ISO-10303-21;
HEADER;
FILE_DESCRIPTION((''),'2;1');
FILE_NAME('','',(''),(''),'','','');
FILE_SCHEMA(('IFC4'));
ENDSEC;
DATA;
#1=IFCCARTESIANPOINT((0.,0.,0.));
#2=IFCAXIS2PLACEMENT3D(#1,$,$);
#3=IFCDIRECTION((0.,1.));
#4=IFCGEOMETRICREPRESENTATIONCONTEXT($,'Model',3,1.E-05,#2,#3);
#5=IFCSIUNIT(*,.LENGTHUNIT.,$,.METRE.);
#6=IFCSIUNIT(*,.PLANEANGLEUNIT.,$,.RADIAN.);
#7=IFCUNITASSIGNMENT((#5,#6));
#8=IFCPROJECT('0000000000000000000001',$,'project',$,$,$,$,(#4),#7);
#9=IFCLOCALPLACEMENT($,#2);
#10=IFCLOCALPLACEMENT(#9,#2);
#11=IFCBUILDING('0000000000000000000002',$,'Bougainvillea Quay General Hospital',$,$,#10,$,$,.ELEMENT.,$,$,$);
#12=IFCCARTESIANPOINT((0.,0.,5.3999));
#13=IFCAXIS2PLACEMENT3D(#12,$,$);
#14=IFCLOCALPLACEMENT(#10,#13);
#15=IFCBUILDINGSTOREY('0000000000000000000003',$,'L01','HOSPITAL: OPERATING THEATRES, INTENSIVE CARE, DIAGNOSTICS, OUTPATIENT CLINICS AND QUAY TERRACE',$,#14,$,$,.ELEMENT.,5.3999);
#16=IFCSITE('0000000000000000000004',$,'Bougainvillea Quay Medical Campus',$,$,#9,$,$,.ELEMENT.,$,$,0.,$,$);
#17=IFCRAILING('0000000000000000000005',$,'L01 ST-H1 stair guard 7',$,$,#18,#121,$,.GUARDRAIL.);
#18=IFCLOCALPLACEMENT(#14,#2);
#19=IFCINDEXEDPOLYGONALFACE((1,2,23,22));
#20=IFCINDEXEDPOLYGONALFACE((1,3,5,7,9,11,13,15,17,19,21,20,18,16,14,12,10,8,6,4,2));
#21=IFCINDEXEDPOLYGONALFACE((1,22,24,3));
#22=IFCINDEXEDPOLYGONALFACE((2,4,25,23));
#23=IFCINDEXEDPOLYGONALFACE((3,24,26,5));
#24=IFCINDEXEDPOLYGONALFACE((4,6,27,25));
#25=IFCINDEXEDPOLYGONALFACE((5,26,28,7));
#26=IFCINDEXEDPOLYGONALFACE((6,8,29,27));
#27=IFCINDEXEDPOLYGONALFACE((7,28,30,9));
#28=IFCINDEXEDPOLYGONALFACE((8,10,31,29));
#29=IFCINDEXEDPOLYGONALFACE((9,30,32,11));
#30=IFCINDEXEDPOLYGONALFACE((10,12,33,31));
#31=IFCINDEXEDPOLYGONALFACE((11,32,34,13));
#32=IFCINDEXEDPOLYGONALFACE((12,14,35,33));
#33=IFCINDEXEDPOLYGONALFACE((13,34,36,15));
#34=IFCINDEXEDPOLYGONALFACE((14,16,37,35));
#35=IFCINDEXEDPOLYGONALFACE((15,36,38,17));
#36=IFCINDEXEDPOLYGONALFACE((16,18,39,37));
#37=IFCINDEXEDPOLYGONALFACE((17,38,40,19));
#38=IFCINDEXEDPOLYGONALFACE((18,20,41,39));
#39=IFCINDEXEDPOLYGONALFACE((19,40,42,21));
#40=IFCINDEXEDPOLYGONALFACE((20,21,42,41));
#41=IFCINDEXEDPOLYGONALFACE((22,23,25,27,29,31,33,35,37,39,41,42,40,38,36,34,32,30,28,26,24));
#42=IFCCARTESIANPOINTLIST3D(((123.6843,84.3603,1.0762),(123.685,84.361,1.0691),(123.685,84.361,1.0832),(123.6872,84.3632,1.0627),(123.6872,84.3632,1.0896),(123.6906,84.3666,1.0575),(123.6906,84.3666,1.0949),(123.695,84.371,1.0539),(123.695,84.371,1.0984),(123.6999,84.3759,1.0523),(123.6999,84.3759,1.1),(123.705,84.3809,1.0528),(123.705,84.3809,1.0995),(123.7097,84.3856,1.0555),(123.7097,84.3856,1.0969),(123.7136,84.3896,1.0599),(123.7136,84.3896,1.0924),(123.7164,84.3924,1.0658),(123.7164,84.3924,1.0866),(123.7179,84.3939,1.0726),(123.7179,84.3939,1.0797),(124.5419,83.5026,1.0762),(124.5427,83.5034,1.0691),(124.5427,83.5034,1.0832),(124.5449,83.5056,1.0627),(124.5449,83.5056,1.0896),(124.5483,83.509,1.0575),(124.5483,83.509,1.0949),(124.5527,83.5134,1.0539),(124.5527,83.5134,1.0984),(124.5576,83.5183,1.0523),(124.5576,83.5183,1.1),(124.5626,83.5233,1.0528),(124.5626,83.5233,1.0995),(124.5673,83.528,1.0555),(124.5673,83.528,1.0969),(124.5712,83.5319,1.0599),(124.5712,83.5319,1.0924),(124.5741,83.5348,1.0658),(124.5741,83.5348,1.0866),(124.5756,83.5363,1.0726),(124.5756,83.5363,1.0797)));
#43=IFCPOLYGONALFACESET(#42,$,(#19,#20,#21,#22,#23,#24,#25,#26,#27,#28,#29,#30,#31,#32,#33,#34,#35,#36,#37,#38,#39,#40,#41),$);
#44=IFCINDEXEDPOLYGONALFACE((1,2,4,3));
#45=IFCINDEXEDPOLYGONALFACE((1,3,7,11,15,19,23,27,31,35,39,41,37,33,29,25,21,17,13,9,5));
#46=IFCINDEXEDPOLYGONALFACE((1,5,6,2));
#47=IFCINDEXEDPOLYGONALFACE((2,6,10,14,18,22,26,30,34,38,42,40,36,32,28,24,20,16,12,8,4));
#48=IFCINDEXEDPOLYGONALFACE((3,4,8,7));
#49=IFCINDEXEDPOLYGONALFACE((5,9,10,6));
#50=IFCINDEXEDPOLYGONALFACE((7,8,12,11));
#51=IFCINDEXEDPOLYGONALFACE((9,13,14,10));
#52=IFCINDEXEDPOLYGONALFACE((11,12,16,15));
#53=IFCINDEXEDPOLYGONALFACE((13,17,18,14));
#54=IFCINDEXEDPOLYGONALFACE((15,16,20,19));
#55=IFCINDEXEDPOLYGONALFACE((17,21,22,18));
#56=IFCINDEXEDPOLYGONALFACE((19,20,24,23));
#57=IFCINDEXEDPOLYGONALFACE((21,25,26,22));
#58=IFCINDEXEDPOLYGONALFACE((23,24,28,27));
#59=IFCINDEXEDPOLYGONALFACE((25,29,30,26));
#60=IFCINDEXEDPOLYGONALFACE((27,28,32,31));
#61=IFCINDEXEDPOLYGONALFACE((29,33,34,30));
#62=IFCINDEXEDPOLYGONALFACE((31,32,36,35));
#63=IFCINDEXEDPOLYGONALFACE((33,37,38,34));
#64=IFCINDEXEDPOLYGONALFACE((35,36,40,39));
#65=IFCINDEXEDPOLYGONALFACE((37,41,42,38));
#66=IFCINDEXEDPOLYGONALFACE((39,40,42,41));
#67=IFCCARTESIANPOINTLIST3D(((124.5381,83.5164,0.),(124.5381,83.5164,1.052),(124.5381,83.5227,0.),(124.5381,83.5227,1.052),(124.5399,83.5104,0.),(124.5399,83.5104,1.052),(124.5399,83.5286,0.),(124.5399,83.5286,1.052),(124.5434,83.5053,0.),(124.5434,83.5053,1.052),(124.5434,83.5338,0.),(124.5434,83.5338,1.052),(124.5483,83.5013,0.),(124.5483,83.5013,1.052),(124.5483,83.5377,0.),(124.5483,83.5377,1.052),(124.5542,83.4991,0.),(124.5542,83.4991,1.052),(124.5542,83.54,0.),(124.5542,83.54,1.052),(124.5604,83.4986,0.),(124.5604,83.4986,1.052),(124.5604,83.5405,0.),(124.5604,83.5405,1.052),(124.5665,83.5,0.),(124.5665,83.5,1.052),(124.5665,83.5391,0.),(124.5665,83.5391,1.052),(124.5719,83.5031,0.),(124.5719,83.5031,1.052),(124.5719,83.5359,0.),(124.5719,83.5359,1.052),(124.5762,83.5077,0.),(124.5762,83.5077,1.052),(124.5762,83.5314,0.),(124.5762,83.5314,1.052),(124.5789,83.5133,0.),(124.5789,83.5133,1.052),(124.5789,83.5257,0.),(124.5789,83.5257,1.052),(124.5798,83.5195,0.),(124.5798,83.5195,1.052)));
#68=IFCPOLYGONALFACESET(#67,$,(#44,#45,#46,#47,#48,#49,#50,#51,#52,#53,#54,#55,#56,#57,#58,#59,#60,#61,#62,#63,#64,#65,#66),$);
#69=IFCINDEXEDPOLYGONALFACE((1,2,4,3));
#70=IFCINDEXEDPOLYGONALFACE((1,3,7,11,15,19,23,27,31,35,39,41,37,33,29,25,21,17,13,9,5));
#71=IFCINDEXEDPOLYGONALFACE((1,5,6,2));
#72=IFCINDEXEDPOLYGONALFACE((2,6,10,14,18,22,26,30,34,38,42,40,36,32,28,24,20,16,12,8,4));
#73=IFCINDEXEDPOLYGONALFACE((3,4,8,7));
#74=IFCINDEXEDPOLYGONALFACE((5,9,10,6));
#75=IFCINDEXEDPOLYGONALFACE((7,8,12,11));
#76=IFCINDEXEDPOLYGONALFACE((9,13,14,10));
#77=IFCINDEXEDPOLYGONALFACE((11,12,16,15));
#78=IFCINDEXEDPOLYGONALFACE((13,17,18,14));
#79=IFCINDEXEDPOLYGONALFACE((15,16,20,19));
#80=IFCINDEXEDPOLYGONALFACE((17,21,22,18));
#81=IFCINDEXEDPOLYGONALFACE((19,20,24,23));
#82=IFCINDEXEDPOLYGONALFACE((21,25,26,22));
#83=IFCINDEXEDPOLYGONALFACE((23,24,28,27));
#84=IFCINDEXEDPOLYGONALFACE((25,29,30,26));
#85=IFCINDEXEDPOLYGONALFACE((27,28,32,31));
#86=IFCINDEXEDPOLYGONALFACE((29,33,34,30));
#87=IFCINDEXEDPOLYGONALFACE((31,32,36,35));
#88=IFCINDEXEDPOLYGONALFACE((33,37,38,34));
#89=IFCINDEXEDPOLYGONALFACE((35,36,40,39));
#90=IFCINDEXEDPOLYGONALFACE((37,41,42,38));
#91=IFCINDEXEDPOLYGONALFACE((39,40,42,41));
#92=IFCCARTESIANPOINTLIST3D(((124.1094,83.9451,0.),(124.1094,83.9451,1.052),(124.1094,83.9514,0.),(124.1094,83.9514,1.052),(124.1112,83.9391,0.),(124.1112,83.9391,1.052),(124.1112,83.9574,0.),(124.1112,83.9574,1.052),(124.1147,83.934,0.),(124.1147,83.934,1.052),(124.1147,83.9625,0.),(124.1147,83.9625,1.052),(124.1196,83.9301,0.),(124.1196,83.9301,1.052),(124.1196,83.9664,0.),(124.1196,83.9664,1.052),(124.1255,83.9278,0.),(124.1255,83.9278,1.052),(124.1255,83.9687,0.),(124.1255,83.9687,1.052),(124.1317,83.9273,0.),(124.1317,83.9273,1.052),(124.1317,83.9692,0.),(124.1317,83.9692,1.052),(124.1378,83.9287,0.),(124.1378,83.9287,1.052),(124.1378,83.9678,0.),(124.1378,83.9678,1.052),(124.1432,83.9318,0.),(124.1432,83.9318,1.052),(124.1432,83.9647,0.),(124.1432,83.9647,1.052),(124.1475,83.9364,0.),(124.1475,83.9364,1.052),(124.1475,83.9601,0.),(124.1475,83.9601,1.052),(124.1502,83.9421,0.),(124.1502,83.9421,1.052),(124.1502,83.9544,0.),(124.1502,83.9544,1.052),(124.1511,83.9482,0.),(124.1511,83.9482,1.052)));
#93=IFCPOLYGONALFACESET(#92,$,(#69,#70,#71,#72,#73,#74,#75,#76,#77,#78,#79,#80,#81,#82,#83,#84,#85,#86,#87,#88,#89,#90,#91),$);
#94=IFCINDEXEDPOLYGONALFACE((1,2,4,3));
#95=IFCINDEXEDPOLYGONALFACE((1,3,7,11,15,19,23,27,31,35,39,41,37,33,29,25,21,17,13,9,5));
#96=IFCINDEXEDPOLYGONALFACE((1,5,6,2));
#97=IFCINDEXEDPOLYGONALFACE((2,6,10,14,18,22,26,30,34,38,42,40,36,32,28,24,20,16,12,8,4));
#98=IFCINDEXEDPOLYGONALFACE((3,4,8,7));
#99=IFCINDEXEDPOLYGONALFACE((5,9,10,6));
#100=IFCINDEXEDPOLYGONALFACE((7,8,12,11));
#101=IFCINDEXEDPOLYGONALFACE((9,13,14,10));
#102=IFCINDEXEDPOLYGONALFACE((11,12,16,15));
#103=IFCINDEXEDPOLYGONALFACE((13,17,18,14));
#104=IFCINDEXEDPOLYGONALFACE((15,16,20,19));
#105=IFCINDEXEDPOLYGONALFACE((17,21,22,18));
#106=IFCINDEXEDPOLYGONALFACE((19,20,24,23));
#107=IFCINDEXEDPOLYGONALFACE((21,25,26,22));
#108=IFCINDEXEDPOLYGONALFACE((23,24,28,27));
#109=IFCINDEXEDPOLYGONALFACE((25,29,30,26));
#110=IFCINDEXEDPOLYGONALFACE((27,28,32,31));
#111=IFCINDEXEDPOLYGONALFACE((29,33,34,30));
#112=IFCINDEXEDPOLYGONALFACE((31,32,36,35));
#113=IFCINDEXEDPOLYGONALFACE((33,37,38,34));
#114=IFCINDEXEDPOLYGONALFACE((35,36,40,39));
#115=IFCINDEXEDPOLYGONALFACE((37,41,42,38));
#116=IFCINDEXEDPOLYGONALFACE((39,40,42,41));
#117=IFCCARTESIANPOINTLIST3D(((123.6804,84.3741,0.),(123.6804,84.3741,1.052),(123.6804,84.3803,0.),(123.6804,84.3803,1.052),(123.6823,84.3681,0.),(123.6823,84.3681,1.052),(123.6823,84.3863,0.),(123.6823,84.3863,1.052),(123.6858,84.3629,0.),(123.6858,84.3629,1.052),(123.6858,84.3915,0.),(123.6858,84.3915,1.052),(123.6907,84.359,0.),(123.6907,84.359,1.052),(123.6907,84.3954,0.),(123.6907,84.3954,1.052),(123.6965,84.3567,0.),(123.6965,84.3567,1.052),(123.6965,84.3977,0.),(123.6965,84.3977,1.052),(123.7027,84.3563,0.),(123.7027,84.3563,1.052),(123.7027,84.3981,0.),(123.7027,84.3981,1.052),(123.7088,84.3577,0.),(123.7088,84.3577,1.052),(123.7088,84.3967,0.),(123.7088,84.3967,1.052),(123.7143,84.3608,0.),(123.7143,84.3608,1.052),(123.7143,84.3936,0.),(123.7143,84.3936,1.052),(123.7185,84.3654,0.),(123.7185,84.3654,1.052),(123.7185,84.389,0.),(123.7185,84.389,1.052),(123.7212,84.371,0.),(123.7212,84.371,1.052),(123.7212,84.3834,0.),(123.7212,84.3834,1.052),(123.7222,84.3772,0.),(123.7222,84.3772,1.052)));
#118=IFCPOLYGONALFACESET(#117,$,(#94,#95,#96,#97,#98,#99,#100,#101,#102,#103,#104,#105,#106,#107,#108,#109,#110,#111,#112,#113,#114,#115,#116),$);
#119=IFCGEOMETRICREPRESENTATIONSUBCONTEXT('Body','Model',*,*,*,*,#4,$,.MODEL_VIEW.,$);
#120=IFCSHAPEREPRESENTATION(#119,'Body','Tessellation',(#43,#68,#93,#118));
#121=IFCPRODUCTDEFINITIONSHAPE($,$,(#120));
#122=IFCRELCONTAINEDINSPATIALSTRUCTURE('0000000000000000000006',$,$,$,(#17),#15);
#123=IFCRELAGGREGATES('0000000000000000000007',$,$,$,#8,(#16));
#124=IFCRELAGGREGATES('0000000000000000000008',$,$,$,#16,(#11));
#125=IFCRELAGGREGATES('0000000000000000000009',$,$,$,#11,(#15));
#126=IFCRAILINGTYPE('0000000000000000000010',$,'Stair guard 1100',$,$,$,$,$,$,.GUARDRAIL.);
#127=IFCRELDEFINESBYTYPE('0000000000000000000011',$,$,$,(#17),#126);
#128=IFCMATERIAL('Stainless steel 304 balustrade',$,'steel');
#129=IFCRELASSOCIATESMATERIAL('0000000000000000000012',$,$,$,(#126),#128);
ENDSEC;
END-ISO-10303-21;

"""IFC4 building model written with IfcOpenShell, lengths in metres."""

from ifc_helpers import new_model, si_unit, direction, frame, origin, origin_2d, place, context, subcontext, project, spatial, circle, extrude, material, type_object, element, save


model = new_model("IFC4")

# Units and contexts
model_context = context("Model", 3, precision=1e-05, world=origin(), true_north=direction((0.0, 1.0)))
body_context = subcontext(model_context, "Body", "Model", "MODEL_VIEW")
ifc_project = project(units=[si_unit("LENGTHUNIT", "METRE"), si_unit("PLANEANGLEUNIT", "RADIAN")], contexts=[model_context])

# Site, building, storey
site_placement = place(None, origin())
site = spatial("IfcSite", under=ifc_project, at=site_placement, Name="Bougainvillea Quay Medical Campus", CompositionType="ELEMENT", RefElevation=0.0)
building_placement = place(site_placement, origin())
building = spatial("IfcBuilding", under=site, at=building_placement, Name="Bougainvillea Quay General Hospital", CompositionType="ELEMENT")
storey_placement = place(building_placement, frame((0.0, 0.0, 5.3999)))
storey = spatial("IfcBuildingStorey", under=building, at=storey_placement, Name="L01", Description="HOSPITAL: OPERATING THEATRES, INTENSIVE CARE, DIAGNOSTICS, OUTPATIENT CLINICS AND QUAY TERRACE", CompositionType="ELEMENT", Elevation=5.3999)

# Railing
ifc_material_1 = material(Name="Stainless steel 304 balustrade", Category="steel")
railing_type_1 = type_object("IfcRailingType", Name="Stair guard 1100", PredefinedType="GUARDRAIL", material=ifc_material_1)
railing_1_placement = place(storey_placement, frame((124.5588, 83.5195, 0.0)))
element("IfcRailing", 1, at=railing_1_placement, inside=storey, type_object=railing_type_1, Name="L01 ST-H1 stair guard 7", PredefinedType="GUARDRAIL", context=body_context, shape_type="SweptSolid", body=[
    extrude(circle(Radius=0.0239, at=origin_2d()), frame((0.0, 0.0, 1.0762), z_axis=(-0.707107, 0.707107, 0.0), x_axis=(-0.707107, -0.707107, 0.0)), (0.0, 0.0, 1.0), 1.2129),
    extrude(circle(Radius=0.021, at=origin_2d()), origin(), (0.0, 0.0, 1.0), 1.052),
    extrude(circle(Radius=0.021, at=origin_2d()), frame((-0.4287, 0.4287, 0.0)), (0.0, 0.0, 1.0), 1.052),
    extrude(circle(Radius=0.021, at=origin_2d()), frame((-0.8577, 0.8577, 0.0)), (0.0, 0.0, 1.0), 1.052),
])

save(model, "model.ifc")
